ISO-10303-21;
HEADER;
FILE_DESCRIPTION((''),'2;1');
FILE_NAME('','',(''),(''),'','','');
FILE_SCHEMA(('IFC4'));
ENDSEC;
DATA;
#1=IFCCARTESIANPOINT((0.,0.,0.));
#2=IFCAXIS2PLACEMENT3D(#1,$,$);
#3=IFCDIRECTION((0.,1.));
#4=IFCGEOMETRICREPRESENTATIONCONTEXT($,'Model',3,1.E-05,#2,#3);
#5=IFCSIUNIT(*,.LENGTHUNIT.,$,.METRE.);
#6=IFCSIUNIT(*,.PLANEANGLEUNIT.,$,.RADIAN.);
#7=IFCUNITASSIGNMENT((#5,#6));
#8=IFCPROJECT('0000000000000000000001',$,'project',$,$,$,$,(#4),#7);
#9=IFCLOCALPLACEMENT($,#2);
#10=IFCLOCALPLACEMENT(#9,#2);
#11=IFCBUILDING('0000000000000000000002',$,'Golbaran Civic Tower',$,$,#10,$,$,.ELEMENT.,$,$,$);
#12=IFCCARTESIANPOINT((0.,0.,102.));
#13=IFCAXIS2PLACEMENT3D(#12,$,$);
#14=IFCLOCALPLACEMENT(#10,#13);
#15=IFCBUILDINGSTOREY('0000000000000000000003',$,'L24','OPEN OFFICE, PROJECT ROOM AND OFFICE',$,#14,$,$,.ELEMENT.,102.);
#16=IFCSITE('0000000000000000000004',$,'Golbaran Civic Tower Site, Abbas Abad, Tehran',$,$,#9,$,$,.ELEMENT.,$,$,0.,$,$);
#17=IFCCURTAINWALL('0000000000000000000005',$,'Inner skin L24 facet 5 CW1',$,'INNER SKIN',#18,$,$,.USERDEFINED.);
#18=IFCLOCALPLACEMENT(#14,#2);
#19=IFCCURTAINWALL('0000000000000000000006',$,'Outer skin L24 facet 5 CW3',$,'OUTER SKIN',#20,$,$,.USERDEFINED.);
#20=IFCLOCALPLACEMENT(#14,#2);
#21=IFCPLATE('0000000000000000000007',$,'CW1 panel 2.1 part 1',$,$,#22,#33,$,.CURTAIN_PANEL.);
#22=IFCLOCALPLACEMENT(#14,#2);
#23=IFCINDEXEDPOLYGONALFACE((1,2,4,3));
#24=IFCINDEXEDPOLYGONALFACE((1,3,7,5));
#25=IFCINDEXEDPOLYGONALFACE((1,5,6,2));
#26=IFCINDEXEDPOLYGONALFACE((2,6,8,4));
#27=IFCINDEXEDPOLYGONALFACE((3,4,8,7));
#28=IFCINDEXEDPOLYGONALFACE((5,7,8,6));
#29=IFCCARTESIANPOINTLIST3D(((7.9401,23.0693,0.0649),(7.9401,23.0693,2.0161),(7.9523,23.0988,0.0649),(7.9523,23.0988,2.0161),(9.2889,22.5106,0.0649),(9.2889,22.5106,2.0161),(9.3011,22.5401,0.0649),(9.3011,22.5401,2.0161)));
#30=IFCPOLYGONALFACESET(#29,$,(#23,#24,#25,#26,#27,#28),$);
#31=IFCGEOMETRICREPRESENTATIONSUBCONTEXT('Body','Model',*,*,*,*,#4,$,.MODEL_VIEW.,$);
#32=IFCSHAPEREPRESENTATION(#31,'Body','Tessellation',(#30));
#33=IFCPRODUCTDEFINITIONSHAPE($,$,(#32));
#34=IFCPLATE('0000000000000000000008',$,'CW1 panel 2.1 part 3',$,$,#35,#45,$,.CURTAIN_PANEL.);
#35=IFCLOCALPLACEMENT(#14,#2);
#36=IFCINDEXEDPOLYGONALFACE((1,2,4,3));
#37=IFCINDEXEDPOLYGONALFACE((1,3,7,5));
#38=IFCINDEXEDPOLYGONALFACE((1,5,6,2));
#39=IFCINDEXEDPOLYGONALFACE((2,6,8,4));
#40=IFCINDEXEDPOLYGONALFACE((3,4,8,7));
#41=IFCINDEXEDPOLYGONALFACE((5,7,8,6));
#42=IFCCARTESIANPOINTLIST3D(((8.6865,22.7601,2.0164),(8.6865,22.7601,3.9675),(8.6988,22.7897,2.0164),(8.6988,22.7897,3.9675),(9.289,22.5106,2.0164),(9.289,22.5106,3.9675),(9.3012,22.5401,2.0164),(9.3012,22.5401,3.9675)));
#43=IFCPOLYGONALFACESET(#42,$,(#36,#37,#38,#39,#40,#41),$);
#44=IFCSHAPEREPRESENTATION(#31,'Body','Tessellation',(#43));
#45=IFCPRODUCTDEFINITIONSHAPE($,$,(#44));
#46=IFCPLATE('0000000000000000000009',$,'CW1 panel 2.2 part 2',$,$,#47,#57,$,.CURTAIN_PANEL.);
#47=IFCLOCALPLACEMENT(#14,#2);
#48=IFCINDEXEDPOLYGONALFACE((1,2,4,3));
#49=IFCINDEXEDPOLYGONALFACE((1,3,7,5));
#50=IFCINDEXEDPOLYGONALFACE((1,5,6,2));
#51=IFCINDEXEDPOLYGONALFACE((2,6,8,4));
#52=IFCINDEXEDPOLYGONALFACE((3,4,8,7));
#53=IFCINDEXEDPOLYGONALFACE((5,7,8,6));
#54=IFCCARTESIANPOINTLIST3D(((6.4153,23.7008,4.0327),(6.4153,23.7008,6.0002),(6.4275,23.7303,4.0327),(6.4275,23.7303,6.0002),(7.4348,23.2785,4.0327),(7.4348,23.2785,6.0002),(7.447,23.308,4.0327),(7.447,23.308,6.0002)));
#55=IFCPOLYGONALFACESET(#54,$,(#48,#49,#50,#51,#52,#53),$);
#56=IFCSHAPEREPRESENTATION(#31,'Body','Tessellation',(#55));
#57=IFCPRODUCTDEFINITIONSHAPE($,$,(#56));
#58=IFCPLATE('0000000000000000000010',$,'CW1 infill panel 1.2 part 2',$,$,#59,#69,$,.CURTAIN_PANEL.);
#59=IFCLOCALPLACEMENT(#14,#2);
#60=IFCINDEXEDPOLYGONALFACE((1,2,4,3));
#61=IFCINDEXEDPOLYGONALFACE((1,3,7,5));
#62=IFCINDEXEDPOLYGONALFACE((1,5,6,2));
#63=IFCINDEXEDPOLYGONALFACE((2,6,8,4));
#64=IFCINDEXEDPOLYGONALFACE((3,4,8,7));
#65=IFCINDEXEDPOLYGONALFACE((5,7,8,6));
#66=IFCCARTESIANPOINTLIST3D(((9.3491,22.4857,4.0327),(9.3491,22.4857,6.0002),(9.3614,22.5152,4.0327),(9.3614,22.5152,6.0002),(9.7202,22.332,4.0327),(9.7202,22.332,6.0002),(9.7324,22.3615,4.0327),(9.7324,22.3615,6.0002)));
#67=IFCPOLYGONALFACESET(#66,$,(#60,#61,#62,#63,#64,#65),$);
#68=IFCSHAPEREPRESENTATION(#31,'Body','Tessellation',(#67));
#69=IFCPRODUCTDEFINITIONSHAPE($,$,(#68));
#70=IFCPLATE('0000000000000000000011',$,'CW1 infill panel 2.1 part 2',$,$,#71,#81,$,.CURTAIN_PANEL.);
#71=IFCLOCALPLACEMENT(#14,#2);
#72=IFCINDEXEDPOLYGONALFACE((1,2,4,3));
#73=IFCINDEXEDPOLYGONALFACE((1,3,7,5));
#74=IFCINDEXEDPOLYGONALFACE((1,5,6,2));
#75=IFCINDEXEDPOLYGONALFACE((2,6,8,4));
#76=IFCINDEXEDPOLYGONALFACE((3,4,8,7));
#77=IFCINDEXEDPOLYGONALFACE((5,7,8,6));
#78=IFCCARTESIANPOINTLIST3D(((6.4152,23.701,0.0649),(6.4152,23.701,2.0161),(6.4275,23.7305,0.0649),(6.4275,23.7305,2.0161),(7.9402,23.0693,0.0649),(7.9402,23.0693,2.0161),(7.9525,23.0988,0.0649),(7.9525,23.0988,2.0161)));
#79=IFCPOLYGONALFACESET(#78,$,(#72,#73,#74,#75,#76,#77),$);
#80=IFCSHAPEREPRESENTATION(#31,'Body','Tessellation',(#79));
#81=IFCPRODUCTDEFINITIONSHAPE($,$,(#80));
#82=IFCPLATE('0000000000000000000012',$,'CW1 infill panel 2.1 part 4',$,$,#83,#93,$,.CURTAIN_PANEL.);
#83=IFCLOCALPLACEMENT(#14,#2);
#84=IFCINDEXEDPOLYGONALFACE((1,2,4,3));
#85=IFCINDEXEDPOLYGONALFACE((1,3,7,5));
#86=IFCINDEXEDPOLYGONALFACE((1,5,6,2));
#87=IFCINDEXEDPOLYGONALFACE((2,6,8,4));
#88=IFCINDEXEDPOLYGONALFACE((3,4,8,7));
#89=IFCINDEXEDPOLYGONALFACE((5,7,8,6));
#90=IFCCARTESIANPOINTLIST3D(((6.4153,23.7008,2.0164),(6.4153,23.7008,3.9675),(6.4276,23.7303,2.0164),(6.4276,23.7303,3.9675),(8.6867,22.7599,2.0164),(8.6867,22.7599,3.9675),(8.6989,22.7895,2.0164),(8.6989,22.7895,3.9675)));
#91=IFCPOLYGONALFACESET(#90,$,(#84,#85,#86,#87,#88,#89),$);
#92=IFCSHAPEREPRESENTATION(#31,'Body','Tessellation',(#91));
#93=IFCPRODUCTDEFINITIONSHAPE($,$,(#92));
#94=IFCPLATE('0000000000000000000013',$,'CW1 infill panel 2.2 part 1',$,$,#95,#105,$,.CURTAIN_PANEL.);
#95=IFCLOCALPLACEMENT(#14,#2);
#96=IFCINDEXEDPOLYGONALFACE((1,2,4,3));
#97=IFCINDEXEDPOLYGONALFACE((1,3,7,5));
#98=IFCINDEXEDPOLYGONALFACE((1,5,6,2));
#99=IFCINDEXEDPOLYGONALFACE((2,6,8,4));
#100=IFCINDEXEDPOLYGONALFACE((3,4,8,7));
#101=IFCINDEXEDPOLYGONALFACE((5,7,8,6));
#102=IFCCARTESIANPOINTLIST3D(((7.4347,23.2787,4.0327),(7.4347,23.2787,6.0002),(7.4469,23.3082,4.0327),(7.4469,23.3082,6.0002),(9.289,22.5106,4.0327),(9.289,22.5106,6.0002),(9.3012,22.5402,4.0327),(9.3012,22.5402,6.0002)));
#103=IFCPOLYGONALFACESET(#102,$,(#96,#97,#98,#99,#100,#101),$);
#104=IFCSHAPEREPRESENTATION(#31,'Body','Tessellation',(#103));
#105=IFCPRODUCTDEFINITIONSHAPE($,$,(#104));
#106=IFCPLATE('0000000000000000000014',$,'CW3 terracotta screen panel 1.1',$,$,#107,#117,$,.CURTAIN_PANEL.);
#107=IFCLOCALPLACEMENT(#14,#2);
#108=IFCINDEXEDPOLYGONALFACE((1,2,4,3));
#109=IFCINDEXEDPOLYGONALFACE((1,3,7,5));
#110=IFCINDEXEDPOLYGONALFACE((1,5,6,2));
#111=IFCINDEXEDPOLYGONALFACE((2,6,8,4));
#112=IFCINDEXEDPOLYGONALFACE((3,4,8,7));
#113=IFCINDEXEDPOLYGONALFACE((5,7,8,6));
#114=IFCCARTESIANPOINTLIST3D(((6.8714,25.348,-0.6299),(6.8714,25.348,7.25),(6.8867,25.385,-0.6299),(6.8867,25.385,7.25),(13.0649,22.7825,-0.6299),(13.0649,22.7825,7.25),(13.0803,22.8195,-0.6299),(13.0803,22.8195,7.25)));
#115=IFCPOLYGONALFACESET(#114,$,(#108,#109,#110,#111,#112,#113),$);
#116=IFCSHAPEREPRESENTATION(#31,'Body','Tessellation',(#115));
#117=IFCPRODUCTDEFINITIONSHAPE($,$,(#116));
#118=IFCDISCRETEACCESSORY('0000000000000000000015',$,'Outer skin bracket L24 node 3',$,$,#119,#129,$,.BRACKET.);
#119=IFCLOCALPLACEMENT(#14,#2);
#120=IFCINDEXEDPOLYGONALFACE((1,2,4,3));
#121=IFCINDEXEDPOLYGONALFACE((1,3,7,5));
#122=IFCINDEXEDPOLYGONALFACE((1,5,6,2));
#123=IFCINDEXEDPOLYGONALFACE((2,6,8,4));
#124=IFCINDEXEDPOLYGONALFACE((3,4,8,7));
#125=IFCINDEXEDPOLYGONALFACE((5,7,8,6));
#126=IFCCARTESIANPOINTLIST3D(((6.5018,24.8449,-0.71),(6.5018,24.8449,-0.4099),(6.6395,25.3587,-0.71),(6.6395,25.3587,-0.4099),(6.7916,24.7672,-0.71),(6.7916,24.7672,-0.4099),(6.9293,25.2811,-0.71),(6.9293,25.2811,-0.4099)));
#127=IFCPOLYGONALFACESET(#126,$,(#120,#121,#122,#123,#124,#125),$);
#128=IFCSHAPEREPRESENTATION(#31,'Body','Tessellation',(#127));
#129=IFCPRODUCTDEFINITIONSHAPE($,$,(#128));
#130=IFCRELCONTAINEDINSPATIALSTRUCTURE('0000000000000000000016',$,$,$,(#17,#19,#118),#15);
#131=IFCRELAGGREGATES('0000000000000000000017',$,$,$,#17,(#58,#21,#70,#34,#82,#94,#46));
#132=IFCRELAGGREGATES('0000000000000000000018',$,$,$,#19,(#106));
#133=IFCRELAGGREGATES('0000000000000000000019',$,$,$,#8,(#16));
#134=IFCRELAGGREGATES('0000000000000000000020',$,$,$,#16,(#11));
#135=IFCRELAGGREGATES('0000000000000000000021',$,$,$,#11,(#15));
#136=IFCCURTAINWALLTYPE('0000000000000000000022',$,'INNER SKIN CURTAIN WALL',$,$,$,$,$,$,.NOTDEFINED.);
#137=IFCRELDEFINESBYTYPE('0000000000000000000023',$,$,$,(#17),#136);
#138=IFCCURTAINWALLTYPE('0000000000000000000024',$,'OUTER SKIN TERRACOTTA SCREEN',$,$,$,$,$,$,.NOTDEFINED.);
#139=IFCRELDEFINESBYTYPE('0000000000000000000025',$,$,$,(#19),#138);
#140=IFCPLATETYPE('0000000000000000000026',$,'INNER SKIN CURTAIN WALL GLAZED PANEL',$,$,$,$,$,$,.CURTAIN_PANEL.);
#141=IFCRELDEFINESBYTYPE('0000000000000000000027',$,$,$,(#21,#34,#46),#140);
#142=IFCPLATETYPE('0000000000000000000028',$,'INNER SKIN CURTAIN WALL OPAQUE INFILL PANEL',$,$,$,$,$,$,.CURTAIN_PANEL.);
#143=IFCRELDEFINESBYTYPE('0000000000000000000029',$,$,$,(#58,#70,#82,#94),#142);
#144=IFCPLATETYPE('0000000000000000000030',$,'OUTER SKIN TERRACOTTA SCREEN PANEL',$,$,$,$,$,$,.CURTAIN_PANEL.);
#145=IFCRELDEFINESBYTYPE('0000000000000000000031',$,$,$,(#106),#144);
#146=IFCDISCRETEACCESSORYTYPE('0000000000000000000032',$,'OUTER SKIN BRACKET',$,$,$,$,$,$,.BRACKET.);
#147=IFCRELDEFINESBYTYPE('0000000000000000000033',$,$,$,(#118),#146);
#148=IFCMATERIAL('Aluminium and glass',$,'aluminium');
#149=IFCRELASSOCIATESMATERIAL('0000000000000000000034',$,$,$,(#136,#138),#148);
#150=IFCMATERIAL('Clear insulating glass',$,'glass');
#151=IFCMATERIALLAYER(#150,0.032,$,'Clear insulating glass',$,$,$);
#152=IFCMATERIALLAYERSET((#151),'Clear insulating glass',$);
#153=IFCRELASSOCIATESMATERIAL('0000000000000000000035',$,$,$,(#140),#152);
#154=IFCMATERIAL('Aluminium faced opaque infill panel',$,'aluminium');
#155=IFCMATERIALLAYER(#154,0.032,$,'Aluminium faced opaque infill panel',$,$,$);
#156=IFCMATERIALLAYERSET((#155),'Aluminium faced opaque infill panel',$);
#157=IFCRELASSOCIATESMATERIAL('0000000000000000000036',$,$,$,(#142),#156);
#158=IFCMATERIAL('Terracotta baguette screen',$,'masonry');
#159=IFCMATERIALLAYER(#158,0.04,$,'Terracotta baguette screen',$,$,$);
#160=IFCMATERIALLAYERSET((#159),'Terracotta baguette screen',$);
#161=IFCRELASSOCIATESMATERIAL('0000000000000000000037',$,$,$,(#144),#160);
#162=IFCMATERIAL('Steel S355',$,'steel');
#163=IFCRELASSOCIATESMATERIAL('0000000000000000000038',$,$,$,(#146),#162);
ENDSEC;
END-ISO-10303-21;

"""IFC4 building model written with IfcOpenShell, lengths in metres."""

from ifc_helpers import new_model, si_unit, direction, frame, origin, origin_2d, place, context, subcontext, project, spatial, rectangle, extrude, material, layer, layer_set, type_object, element, aggregate, save


model = new_model("IFC4")

# Units and contexts
model_context = context("Model", 3, precision=1e-05, world=origin(), true_north=direction((0.0, 1.0)))
body_context = subcontext(model_context, "Body", "Model", "MODEL_VIEW")
ifc_project = project(units=[si_unit("LENGTHUNIT", "METRE"), si_unit("PLANEANGLEUNIT", "RADIAN")], contexts=[model_context])

# Site, building, storey
site_placement = place(None, origin())
site = spatial("IfcSite", under=ifc_project, at=site_placement, Name="Golbaran Civic Tower Site, Abbas Abad, Tehran", CompositionType="ELEMENT", RefElevation=0.0)
building_placement = place(site_placement, origin())
building = spatial("IfcBuilding", under=site, at=building_placement, Name="Golbaran Civic Tower", CompositionType="ELEMENT")
storey_placement = place(building_placement, frame((0.0, 0.0, 102.0)))
storey = spatial("IfcBuildingStorey", under=building, at=storey_placement, Name="L24", Description="OPEN OFFICE, PROJECT ROOM AND OFFICE", CompositionType="ELEMENT", Elevation=102.0)

# Shared definitions
ifc_material_1 = material(Name="Steel S355", Category="steel")

# Curtain wall
ifc_material_2 = material(Name="Aluminium and glass", Category="aluminium")
curtain_wall_type_1 = type_object("IfcCurtainWallType", Name="INNER SKIN CURTAIN WALL", PredefinedType="NOTDEFINED", material=ifc_material_2)
curtain_wall_1_placement = place(storey_placement, origin())
curtain_wall_1 = element("IfcCurtainWall", 1, at=curtain_wall_1_placement, inside=storey, type_object=curtain_wall_type_1, Name="Inner skin L24 facet 5 CW1", ObjectType="INNER SKIN", PredefinedType="USERDEFINED")

# Shared definitions
curtain_wall_type_2 = type_object("IfcCurtainWallType", Name="OUTER SKIN TERRACOTTA SCREEN", PredefinedType="NOTDEFINED", material=ifc_material_2)

# Curtain wall
curtain_wall_2_placement = place(storey_placement, origin())
curtain_wall_2 = element("IfcCurtainWall", 2, at=curtain_wall_2_placement, inside=storey, type_object=curtain_wall_type_2, Name="Outer skin L24 facet 5 CW3", ObjectType="OUTER SKIN", PredefinedType="USERDEFINED")

# Plates
ifc_material_3 = material(Name="Clear insulating glass", Category="glass")
ifc_layer_1 = layer(ifc_material_3, 0.032, Name="Clear insulating glass")
ifc_layer_set_1 = layer_set([ifc_layer_1], Name="Clear insulating glass")
plate_type_1 = type_object("IfcPlateType", Name="INNER SKIN CURTAIN WALL GLAZED PANEL", PredefinedType="CURTAIN_PANEL", material=ifc_layer_set_1)
plate_1_placement = place(storey_placement, frame((8.6206, 22.8047, 0.0649), z_axis=(0.0, 0.0, 1.0), x_axis=(-0.92388, 0.382683, 0.0)))
plate_1 = element("IfcPlate", 3, at=plate_1_placement, type_object=plate_type_1, Name="CW1 panel 2.1 part 1", PredefinedType="CURTAIN_PANEL", context=body_context, shape_type="SweptSolid", body=[
    extrude(rectangle(XDim=1.46, YDim=0.032, at=origin_2d()), origin(), (0.0, 0.0, 1.0), 1.9512),
])
plate_2_placement = place(storey_placement, frame((8.9939, 22.6501, 2.0164), z_axis=(0.0, 0.0, 1.0), x_axis=(-0.92388, 0.382683, 0.0)))
plate_2 = element("IfcPlate", 4, at=plate_2_placement, type_object=plate_type_1, Name="CW1 panel 2.1 part 3", PredefinedType="CURTAIN_PANEL", context=body_context, shape_type="SweptSolid", body=[
    extrude(rectangle(XDim=0.6521, YDim=0.032, at=origin_2d()), origin(), (0.0, 0.0, 1.0), 1.9512),
])
plate_3_placement = place(storey_placement, frame((6.9312, 23.5044, 4.0327), z_axis=(0.0, 0.0, 1.0), x_axis=(-0.92388, 0.382683, 0.0)))
plate_3 = element("IfcPlate", 5, at=plate_3_placement, type_object=plate_type_1, Name="CW1 panel 2.2 part 2", PredefinedType="CURTAIN_PANEL", context=body_context, shape_type="SweptSolid", body=[
    extrude(rectangle(XDim=1.1035, YDim=0.032, at=origin_2d()), origin(), (0.0, 0.0, 1.0), 1.9675),
])
ifc_material_4 = material(Name="Aluminium faced opaque infill panel", Category="aluminium")
ifc_layer_2 = layer(ifc_material_4, 0.032, Name="Aluminium faced opaque infill panel")
ifc_layer_set_2 = layer_set([ifc_layer_2], Name="Aluminium faced opaque infill panel")
plate_type_2 = type_object("IfcPlateType", Name="INNER SKIN CURTAIN WALL OPAQUE INFILL PANEL", PredefinedType="CURTAIN_PANEL", material=ifc_layer_set_2)
plate_4_placement = place(storey_placement, frame((9.5408, 22.4236, 4.0327), z_axis=(0.0, 0.0, 1.0), x_axis=(-0.92388, 0.382683, 0.0)))
plate_4 = element("IfcPlate", 6, at=plate_4_placement, type_object=plate_type_2, Name="CW1 infill panel 1.2 part 2", PredefinedType="CURTAIN_PANEL", context=body_context, shape_type="SweptSolid", body=[
    extrude(rectangle(XDim=0.4016, YDim=0.032, at=origin_2d()), origin(), (0.0, 0.0, 1.0), 1.9675),
])
plate_5_placement = place(storey_placement, frame((7.1838, 23.3999, 0.0649), z_axis=(0.0, 0.0, 1.0), x_axis=(-0.92388, 0.382683, 0.0)))
plate_5 = element("IfcPlate", 7, at=plate_5_placement, type_object=plate_type_2, Name="CW1 infill panel 2.1 part 2", PredefinedType="CURTAIN_PANEL", context=body_context, shape_type="SweptSolid", body=[
    extrude(rectangle(XDim=1.6506, YDim=0.032, at=origin_2d()), origin(), (0.0, 0.0, 1.0), 1.9512),
])
plate_6_placement = place(storey_placement, frame((7.5571, 23.2451, 2.0164), z_axis=(0.0, 0.0, 1.0), x_axis=(-0.92388, 0.382683, 0.0)))
plate_6 = element("IfcPlate", 8, at=plate_6_placement, type_object=plate_type_2, Name="CW1 infill panel 2.1 part 4", PredefinedType="CURTAIN_PANEL", context=body_context, shape_type="SweptSolid", body=[
    extrude(rectangle(XDim=2.4585, YDim=0.032, at=origin_2d()), origin(), (0.0, 0.0, 1.0), 1.9512),
])
plate_7_placement = place(storey_placement, frame((8.3679, 22.9094, 4.0327), z_axis=(0.0, 0.0, 1.0), x_axis=(-0.92388, 0.382683, 0.0)))
plate_7 = element("IfcPlate", 9, at=plate_7_placement, type_object=plate_type_2, Name="CW1 infill panel 2.2 part 1", PredefinedType="CURTAIN_PANEL", context=body_context, shape_type="SweptSolid", body=[
    extrude(rectangle(XDim=2.0071, YDim=0.032, at=origin_2d()), origin(), (0.0, 0.0, 1.0), 1.9675),
])
aggregate(curtain_wall_1, [plate_4, plate_1, plate_5, plate_2, plate_6, plate_7, plate_3])
ifc_material_5 = material(Name="Terracotta baguette screen", Category="masonry")
ifc_layer_3 = layer(ifc_material_5, 0.04, Name="Terracotta baguette screen")
ifc_layer_set_3 = layer_set([ifc_layer_3], Name="Terracotta baguette screen")
plate_type_3 = type_object("IfcPlateType", Name="OUTER SKIN TERRACOTTA SCREEN PANEL", PredefinedType="CURTAIN_PANEL", material=ifc_layer_set_3)
plate_8_placement = place(storey_placement, frame((9.9758, 24.0837, -0.6299), z_axis=(0.0, 0.0, 1.0), x_axis=(-0.92388, 0.382683, 0.0)))
plate_8 = element("IfcPlate", 10, at=plate_8_placement, type_object=plate_type_3, Name="CW3 terracotta screen panel 1.1", PredefinedType="CURTAIN_PANEL", context=body_context, shape_type="SweptSolid", body=[
    extrude(rectangle(XDim=6.7039, YDim=0.04, at=origin_2d()), origin(), (0.0, 0.0, 1.0), 7.8799),
])
aggregate(curtain_wall_2, [plate_8])

# Discrete accessory
discrete_accessory_type = type_object("IfcDiscreteAccessoryType", Name="OUTER SKIN BRACKET", PredefinedType="BRACKET", material=ifc_material_1)
discrete_accessory_placement = place(storey_placement, frame((6.7156, 25.063, -0.71), z_axis=(0.0, 0.0, 1.0), x_axis=(0.258819, 0.965926, 0.0)))
element("IfcDiscreteAccessory", 11, at=discrete_accessory_placement, inside=storey, type_object=discrete_accessory_type, Name="Outer skin bracket L24 node 3", PredefinedType="BRACKET", context=body_context, shape_type="SweptSolid", body=[
    extrude(rectangle(XDim=0.532, YDim=0.3, at=origin_2d()), origin(), (0.0, 0.0, 1.0), 0.3),
])

save(model, "model.ifc")
